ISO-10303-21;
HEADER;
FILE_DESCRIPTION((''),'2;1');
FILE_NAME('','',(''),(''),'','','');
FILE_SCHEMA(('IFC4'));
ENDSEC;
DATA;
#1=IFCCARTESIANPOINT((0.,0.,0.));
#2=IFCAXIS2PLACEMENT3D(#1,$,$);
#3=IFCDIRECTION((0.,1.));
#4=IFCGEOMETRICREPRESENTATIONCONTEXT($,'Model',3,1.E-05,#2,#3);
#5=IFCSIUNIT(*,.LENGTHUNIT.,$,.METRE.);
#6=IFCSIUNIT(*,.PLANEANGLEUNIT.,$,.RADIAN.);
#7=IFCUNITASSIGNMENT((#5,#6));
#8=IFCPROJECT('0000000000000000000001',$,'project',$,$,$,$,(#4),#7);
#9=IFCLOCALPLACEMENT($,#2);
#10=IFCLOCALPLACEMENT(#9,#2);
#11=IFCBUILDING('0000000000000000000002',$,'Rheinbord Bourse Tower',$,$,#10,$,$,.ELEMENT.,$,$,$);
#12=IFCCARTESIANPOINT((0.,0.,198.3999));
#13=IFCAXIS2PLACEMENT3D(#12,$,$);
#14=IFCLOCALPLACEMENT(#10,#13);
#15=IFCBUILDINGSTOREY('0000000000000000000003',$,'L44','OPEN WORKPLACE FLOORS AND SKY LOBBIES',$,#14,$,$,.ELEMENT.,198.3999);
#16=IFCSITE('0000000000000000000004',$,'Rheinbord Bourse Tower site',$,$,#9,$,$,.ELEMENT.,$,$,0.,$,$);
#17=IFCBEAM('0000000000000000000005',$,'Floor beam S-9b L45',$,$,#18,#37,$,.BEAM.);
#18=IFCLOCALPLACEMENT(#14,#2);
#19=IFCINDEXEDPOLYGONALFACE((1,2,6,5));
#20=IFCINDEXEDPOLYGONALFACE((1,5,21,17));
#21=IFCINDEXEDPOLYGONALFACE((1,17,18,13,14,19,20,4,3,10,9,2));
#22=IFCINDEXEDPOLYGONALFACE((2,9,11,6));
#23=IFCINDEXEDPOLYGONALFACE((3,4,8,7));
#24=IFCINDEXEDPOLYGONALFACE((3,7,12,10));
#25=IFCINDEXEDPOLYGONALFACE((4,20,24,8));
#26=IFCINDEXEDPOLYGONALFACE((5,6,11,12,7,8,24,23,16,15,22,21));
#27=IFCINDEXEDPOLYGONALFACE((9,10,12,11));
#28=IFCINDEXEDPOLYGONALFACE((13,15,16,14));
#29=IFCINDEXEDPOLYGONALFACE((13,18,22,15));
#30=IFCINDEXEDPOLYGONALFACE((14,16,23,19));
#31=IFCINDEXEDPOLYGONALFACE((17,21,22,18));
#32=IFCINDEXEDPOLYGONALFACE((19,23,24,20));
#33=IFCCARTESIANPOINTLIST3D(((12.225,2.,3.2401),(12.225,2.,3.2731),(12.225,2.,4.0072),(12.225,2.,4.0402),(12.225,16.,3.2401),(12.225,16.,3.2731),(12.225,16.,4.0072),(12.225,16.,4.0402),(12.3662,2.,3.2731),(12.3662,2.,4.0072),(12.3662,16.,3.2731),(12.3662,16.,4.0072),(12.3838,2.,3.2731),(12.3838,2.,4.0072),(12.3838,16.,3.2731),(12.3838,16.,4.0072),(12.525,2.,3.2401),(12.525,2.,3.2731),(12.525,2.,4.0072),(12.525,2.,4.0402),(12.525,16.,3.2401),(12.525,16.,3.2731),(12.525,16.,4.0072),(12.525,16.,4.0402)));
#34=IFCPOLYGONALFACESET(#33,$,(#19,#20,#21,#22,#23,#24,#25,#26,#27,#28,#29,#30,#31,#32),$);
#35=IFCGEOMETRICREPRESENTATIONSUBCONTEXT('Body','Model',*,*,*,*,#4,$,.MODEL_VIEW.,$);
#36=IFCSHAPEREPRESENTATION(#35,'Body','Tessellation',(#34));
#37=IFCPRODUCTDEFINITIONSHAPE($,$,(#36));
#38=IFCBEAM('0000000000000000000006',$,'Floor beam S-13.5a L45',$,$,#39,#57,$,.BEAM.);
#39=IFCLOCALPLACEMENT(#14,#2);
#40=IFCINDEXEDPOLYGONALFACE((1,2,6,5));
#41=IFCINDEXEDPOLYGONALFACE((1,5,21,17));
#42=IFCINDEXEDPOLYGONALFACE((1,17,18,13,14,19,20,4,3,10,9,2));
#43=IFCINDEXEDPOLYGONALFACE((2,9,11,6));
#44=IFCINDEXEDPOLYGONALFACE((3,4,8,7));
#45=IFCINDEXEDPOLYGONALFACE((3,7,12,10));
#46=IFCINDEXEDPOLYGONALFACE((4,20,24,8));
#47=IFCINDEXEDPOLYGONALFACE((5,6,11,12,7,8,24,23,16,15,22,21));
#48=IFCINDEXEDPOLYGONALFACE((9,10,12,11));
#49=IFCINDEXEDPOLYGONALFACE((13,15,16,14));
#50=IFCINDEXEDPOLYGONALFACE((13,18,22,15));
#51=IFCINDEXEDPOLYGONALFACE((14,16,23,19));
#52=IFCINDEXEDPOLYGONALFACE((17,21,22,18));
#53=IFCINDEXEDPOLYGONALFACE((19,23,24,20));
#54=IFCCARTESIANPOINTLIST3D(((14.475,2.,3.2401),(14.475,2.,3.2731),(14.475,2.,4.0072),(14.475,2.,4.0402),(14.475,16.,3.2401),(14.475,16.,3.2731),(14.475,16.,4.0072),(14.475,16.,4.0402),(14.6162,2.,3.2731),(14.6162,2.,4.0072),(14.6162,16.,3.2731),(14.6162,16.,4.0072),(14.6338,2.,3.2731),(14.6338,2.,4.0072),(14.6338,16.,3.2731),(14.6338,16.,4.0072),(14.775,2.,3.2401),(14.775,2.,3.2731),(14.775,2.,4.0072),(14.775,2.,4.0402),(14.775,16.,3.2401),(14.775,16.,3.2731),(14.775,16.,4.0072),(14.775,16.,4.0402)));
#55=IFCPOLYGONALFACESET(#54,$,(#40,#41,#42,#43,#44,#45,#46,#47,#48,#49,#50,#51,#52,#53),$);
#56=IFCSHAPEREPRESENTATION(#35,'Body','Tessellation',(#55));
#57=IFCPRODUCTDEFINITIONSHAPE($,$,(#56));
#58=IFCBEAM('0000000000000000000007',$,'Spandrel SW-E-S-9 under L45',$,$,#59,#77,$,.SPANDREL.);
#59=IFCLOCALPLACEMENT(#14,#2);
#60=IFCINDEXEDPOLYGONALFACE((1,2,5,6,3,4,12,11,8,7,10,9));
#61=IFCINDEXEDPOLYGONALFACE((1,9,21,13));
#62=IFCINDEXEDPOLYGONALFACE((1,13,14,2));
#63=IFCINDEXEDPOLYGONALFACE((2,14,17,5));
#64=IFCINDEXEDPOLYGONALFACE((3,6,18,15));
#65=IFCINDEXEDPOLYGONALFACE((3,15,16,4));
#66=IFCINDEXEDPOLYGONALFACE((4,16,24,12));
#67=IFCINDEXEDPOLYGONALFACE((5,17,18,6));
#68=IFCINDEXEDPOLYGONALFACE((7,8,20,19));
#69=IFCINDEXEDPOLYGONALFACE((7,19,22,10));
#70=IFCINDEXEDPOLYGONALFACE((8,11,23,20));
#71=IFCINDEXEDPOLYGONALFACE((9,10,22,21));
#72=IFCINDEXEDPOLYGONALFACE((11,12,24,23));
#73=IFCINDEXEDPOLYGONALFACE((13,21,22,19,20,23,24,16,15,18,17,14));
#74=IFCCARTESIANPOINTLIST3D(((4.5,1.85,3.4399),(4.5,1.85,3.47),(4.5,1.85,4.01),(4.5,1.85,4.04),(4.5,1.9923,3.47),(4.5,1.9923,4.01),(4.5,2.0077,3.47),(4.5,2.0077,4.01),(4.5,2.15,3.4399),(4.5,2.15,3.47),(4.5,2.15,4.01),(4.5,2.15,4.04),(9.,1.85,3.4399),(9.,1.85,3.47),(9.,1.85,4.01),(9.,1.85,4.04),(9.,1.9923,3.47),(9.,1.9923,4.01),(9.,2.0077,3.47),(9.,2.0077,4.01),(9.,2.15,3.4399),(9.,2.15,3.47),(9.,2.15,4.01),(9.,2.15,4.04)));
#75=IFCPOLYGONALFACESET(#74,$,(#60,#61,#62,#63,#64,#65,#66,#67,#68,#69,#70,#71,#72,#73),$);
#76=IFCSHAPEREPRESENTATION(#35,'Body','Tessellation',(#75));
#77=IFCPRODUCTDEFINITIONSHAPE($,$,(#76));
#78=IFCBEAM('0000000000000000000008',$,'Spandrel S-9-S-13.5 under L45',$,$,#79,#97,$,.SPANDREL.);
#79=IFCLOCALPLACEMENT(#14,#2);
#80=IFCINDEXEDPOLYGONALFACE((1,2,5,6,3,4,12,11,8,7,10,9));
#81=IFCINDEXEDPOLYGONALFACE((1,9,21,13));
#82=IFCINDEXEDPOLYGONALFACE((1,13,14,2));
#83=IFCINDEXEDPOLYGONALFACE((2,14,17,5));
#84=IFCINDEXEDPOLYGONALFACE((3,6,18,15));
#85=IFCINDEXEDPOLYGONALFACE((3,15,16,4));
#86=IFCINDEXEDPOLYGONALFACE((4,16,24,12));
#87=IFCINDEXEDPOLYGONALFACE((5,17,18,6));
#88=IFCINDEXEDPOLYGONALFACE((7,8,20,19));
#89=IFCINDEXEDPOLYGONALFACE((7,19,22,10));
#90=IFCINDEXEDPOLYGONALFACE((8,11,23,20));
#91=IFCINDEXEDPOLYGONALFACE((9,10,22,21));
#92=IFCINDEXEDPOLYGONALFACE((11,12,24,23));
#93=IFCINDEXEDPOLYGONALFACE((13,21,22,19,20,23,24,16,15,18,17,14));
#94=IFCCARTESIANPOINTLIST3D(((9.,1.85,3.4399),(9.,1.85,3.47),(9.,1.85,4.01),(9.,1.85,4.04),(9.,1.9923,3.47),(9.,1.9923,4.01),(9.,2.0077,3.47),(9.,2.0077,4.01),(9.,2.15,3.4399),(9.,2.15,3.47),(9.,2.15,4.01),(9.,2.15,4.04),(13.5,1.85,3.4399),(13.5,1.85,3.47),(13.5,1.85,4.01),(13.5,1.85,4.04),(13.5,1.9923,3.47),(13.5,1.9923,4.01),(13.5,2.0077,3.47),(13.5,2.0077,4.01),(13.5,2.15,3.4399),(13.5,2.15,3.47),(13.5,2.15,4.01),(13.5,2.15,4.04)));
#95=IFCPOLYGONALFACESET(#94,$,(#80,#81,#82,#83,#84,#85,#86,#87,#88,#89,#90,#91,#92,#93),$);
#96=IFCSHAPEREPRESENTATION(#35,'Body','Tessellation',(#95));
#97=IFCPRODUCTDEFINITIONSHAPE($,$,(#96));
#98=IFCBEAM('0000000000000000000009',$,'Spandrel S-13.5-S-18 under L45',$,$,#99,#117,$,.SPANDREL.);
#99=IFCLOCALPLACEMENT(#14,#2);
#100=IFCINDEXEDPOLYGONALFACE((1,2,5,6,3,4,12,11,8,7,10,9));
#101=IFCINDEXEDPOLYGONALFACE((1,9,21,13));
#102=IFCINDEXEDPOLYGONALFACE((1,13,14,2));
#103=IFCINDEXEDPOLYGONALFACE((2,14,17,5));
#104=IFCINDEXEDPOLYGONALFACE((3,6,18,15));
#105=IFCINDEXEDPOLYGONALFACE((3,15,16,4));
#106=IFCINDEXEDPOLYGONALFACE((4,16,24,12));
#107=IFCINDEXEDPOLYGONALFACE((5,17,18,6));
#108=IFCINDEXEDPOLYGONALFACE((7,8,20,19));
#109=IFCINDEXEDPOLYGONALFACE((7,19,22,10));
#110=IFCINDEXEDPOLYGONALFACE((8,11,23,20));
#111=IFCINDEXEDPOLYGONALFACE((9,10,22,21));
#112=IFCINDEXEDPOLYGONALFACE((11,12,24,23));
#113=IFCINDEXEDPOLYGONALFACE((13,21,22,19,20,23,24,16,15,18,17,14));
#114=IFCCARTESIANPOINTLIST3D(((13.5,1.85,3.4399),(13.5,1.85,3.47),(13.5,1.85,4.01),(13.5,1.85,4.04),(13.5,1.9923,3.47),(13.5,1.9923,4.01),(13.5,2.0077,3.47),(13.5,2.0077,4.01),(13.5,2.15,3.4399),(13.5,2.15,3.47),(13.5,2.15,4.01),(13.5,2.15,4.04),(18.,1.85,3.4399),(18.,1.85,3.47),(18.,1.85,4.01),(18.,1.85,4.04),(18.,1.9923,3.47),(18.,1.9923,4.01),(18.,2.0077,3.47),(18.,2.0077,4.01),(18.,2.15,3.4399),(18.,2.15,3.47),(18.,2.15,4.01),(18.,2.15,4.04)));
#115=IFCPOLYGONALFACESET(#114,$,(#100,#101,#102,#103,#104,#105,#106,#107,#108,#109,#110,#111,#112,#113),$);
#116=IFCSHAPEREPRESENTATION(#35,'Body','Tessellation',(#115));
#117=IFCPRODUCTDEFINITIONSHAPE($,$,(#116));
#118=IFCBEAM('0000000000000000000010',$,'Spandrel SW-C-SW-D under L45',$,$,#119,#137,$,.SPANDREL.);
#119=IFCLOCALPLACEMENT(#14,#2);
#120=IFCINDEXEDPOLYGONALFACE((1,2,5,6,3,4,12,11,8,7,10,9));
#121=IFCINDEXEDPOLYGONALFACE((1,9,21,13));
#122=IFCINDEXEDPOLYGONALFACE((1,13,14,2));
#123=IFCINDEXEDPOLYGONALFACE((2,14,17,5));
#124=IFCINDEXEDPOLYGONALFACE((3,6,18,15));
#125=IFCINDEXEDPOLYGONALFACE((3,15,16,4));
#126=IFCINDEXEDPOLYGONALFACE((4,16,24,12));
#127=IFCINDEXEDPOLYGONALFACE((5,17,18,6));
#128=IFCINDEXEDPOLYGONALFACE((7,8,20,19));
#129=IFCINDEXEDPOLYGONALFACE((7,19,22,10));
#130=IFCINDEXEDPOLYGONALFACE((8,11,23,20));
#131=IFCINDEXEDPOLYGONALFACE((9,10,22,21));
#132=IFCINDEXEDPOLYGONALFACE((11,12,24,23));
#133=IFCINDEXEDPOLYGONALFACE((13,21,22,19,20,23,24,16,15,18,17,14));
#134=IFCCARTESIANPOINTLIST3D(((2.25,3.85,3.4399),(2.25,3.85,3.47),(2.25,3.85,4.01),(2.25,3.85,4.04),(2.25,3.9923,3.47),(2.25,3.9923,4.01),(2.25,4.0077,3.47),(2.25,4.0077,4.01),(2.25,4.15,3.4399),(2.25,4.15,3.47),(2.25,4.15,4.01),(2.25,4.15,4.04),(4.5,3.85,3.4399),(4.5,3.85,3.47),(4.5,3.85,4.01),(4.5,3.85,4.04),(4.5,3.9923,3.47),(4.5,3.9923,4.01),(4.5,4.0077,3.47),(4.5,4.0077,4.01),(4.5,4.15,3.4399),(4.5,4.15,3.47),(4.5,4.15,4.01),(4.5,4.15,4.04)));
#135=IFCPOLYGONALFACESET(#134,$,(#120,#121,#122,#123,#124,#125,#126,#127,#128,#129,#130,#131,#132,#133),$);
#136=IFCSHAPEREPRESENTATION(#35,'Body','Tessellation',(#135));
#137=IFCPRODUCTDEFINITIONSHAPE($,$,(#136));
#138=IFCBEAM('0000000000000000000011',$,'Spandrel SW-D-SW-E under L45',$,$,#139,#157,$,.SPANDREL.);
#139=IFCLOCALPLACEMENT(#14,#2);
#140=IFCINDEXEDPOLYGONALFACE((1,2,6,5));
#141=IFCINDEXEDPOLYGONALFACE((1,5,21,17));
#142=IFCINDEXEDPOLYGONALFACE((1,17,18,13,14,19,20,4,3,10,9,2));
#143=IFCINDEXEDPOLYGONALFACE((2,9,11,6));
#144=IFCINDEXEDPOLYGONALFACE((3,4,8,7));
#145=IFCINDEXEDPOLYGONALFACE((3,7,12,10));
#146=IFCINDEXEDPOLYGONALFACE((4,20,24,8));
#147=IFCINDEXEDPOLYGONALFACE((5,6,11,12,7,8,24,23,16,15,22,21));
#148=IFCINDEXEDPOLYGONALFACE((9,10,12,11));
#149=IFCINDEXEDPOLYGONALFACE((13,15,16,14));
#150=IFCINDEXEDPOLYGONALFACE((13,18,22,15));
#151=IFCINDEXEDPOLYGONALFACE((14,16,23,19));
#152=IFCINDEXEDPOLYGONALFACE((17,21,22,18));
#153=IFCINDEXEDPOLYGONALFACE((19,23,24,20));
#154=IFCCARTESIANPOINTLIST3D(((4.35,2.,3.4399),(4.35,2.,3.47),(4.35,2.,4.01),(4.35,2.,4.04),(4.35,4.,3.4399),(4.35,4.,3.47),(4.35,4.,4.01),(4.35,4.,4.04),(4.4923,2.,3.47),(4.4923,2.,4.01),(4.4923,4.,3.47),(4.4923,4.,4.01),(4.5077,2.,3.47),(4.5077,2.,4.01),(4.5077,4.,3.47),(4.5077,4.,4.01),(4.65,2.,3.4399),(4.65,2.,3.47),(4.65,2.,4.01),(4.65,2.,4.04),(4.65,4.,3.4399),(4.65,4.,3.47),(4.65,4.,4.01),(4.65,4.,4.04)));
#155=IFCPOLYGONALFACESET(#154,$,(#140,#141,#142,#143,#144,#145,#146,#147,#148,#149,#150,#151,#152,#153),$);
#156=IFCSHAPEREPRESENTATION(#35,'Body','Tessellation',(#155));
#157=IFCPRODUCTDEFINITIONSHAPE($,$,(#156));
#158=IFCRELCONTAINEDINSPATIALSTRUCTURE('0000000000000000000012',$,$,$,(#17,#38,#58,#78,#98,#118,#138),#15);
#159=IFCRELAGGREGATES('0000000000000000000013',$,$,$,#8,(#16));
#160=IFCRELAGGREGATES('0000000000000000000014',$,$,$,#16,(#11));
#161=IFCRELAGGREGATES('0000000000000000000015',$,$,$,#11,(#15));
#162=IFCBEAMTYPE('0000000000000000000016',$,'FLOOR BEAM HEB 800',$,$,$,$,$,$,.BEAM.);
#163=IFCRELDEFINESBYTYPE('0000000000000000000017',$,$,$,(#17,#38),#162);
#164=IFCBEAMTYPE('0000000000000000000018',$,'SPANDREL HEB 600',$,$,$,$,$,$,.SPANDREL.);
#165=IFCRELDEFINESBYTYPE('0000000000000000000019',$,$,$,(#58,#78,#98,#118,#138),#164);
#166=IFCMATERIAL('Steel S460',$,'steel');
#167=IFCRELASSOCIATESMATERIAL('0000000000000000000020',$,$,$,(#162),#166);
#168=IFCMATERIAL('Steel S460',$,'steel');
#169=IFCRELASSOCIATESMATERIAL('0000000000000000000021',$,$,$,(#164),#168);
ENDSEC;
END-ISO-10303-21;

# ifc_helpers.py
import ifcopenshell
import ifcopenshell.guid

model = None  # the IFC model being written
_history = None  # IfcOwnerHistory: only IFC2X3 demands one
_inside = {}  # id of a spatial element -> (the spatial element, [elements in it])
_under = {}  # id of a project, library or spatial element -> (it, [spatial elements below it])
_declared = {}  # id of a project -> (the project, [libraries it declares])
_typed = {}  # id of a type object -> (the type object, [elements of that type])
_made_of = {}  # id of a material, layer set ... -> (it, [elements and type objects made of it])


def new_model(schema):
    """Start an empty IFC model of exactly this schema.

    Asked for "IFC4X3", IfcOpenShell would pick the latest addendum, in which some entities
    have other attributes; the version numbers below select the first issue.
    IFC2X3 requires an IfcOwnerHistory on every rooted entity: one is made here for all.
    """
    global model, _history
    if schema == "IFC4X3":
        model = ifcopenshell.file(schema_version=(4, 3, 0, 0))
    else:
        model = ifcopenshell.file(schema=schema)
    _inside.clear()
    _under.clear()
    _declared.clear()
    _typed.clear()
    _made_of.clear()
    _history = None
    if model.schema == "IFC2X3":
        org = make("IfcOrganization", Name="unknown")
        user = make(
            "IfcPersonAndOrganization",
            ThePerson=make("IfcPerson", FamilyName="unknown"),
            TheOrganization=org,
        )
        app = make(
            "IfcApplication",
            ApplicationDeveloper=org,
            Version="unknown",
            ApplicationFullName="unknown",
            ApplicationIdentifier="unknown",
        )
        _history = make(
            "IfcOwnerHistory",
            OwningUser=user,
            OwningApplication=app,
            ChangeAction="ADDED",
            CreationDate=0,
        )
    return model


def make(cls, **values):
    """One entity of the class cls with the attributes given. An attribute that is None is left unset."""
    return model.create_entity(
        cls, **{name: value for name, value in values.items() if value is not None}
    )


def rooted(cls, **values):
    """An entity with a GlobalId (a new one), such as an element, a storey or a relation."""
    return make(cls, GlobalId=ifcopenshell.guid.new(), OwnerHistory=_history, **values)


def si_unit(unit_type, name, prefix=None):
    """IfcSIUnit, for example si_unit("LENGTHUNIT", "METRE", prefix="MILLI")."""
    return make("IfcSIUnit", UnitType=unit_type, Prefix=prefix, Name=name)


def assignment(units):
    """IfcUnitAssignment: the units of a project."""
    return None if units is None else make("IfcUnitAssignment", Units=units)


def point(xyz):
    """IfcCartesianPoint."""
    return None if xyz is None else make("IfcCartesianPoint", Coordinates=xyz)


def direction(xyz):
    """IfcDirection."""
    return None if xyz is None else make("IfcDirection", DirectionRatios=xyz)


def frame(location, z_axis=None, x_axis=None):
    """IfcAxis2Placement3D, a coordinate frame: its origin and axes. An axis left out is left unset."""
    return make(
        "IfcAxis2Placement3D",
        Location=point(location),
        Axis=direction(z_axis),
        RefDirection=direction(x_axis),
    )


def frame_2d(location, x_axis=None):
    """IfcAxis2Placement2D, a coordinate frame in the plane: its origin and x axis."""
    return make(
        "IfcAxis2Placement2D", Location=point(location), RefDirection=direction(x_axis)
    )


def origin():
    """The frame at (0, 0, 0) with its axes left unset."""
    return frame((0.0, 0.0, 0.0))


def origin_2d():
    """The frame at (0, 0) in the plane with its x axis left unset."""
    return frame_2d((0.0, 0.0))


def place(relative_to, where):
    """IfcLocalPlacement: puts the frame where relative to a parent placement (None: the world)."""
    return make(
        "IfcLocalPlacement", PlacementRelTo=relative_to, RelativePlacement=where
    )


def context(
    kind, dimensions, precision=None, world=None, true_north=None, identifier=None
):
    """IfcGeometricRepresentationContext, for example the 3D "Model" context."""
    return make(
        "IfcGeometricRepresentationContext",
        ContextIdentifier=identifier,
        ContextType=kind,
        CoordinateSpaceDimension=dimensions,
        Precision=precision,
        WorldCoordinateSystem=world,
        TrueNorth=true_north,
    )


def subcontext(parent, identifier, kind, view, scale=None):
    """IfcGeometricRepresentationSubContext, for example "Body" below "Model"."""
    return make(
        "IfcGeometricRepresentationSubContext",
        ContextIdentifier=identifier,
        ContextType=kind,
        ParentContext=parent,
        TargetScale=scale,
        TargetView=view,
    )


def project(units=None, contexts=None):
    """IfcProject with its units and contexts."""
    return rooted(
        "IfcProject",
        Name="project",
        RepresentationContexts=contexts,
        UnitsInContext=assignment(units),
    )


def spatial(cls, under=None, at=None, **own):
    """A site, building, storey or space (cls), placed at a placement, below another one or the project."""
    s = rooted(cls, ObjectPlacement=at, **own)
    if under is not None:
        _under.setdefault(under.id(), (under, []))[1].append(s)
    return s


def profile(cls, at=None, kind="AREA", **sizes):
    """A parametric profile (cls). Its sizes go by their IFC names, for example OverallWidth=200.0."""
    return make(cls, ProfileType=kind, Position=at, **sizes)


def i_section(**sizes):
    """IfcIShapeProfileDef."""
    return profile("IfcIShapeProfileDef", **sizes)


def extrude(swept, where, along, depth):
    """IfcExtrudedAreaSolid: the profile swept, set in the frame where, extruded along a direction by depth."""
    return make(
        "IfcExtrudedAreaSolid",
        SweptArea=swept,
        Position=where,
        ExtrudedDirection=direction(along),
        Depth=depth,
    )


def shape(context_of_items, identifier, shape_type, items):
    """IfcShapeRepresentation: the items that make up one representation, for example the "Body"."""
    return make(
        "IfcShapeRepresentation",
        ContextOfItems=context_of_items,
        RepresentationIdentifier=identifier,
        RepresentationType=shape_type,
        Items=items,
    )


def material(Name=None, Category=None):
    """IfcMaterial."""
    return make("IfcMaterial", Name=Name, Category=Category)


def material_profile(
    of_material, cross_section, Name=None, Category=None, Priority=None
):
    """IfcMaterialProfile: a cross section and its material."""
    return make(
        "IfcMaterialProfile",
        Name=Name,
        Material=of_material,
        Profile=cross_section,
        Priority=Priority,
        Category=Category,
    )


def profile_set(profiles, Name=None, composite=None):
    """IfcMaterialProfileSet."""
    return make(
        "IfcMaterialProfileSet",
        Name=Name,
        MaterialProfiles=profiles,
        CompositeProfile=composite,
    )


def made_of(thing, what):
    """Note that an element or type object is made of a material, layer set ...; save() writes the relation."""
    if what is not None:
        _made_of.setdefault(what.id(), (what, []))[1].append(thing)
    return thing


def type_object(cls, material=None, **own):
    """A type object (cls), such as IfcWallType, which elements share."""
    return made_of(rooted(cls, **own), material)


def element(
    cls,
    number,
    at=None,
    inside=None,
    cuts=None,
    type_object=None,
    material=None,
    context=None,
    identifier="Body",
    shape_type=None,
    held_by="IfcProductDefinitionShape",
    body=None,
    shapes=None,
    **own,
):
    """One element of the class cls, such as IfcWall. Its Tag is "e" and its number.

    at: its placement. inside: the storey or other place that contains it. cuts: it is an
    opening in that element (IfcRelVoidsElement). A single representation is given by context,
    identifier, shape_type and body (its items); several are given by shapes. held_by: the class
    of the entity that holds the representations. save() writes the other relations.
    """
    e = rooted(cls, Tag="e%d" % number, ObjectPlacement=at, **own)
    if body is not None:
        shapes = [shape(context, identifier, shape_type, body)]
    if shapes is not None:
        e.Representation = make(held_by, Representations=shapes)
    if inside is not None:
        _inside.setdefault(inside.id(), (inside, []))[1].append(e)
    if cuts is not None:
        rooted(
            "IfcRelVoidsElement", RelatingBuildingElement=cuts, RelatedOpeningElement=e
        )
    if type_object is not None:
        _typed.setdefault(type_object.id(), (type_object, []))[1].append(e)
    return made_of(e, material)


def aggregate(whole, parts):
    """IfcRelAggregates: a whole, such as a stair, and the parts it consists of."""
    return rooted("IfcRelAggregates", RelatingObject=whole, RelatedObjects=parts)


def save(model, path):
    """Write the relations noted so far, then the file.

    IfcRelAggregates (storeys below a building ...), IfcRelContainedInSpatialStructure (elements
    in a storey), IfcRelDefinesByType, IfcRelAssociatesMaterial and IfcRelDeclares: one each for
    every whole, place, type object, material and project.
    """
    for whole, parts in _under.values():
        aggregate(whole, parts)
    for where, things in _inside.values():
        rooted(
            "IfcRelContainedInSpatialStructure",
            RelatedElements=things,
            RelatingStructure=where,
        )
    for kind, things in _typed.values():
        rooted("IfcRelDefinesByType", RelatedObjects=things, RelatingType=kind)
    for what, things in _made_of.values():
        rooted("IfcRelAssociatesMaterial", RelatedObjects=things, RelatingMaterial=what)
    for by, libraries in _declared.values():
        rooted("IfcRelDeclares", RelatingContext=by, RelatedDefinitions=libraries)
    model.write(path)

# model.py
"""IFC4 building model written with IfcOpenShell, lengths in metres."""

from ifc_helpers import new_model, si_unit, direction, frame, origin, origin_2d, place, context, subcontext, project, spatial, i_section, extrude, material, material_profile, profile_set, type_object, element, save


model = new_model("IFC4")

# Units and contexts
model_context = context("Model", 3, precision=1e-05, world=origin(), true_north=direction((0.0, 1.0)))
body_context = subcontext(model_context, "Body", "Model", "MODEL_VIEW")
ifc_project = project(units=[si_unit("LENGTHUNIT", "METRE"), si_unit("PLANEANGLEUNIT", "RADIAN")], contexts=[model_context])

# Site, building, storey
site_placement = place(None, origin())
site = spatial("IfcSite", under=ifc_project, at=site_placement, Name="Rheinbord Bourse Tower site", CompositionType="ELEMENT", RefElevation=0.0)
building_placement = place(site_placement, origin())
building = spatial("IfcBuilding", under=site, at=building_placement, Name="Rheinbord Bourse Tower", CompositionType="ELEMENT")
storey_placement = place(building_placement, frame((0.0, 0.0, 198.3999)))
storey = spatial("IfcBuildingStorey", under=building, at=storey_placement, Name="L44", Description="OPEN WORKPLACE FLOORS AND SKY LOBBIES", CompositionType="ELEMENT", Elevation=198.3999)

# Beams
ifc_material_1 = material(Name="Steel S460", Category="steel")
ifc_material_profile_1 = material_profile(ifc_material_1, i_section(OverallWidth=0.3, OverallDepth=0.8, WebThickness=0.0176, FlangeThickness=0.033, at=origin_2d()), Name="HEB 800")
ifc_profile_set_1 = profile_set([ifc_material_profile_1], Name="Steel S460")
beam_type_1 = type_object("IfcBeamType", Name="FLOOR BEAM HEB 800", PredefinedType="BEAM", material=ifc_profile_set_1)
for number, where, z_axis, x_axis, name in (
    (1, (12.375, 2.0, 3.6401), (0.0, 1.0, 0.0), (-1.0, 0.0, 0.0), "Floor beam S-9b L45"),
    (2, (14.625, 2.0, 3.6401), (0.0, 1.0, 0.0), (-1.0, 0.0, 0.0), "Floor beam S-13.5a L45"),
):
    element("IfcBeam", number, at=place(storey_placement, frame(where, z_axis=z_axis, x_axis=x_axis)), inside=storey, type_object=beam_type_1, Name=name, PredefinedType="BEAM", context=body_context, shape_type="SweptSolid", body=[
        extrude(i_section(OverallWidth=0.3, OverallDepth=0.8, WebThickness=0.0176, FlangeThickness=0.033, at=origin_2d()), origin(), (0.0, 0.0, 1.0), 14.0),
    ])
ifc_material_2 = material(Name="Steel S460", Category="steel")
ifc_material_profile_2 = material_profile(ifc_material_2, i_section(OverallWidth=0.3, OverallDepth=0.6001, WebThickness=0.0154, FlangeThickness=0.03, at=origin_2d()), Name="HEB 600")
ifc_profile_set_2 = profile_set([ifc_material_profile_2], Name="Steel S460")
beam_type_2 = type_object("IfcBeamType", Name="SPANDREL HEB 600", PredefinedType="SPANDREL", material=ifc_profile_set_2)
for number, where, z_axis, x_axis, name in (
    (3, (4.5, 2.0, 3.74), (1.0, 0.0, 0.0), (0.0, 1.0, 0.0), "Spandrel SW-E-S-9 under L45"),
    (4, (9.0, 2.0, 3.74), (1.0, 0.0, 0.0), (0.0, 1.0, 0.0), "Spandrel S-9-S-13.5 under L45"),
    (5, (13.5, 2.0, 3.74), (1.0, 0.0, 0.0), (0.0, 1.0, 0.0), "Spandrel S-13.5-S-18 under L45"),
):
    element("IfcBeam", number, at=place(storey_placement, frame(where, z_axis=z_axis, x_axis=x_axis)), inside=storey, type_object=beam_type_2, Name=name, PredefinedType="SPANDREL", context=body_context, shape_type="SweptSolid", body=[
        extrude(i_section(OverallWidth=0.3, OverallDepth=0.6001, WebThickness=0.0154, FlangeThickness=0.03, at=origin_2d()), origin(), (0.0, 0.0, 1.0), 4.5),
    ])
beam_1_placement = place(storey_placement, frame((2.25, 4.0, 3.74), z_axis=(1.0, 0.0, 0.0), x_axis=(0.0, 1.0, 0.0)))
element("IfcBeam", 6, at=beam_1_placement, inside=storey, type_object=beam_type_2, Name="Spandrel SW-C-SW-D under L45", PredefinedType="SPANDREL", context=body_context, shape_type="SweptSolid", body=[
    extrude(i_section(OverallWidth=0.3, OverallDepth=0.6001, WebThickness=0.0154, FlangeThickness=0.03, at=origin_2d()), origin(), (0.0, 0.0, 1.0), 2.25),
])
beam_2_placement = place(storey_placement, frame((4.5, 4.0, 3.74), z_axis=(0.0, -1.0, 0.0), x_axis=(1.0, 0.0, 0.0)))
element("IfcBeam", 7, at=beam_2_placement, inside=storey, type_object=beam_type_2, Name="Spandrel SW-D-SW-E under L45", PredefinedType="SPANDREL", context=body_context, shape_type="SweptSolid", body=[
    extrude(i_section(OverallWidth=0.3, OverallDepth=0.6001, WebThickness=0.0154, FlangeThickness=0.03, at=origin_2d()), origin(), (0.0, 0.0, 1.0), 2.0),
])

save(model, "model.ifc")
